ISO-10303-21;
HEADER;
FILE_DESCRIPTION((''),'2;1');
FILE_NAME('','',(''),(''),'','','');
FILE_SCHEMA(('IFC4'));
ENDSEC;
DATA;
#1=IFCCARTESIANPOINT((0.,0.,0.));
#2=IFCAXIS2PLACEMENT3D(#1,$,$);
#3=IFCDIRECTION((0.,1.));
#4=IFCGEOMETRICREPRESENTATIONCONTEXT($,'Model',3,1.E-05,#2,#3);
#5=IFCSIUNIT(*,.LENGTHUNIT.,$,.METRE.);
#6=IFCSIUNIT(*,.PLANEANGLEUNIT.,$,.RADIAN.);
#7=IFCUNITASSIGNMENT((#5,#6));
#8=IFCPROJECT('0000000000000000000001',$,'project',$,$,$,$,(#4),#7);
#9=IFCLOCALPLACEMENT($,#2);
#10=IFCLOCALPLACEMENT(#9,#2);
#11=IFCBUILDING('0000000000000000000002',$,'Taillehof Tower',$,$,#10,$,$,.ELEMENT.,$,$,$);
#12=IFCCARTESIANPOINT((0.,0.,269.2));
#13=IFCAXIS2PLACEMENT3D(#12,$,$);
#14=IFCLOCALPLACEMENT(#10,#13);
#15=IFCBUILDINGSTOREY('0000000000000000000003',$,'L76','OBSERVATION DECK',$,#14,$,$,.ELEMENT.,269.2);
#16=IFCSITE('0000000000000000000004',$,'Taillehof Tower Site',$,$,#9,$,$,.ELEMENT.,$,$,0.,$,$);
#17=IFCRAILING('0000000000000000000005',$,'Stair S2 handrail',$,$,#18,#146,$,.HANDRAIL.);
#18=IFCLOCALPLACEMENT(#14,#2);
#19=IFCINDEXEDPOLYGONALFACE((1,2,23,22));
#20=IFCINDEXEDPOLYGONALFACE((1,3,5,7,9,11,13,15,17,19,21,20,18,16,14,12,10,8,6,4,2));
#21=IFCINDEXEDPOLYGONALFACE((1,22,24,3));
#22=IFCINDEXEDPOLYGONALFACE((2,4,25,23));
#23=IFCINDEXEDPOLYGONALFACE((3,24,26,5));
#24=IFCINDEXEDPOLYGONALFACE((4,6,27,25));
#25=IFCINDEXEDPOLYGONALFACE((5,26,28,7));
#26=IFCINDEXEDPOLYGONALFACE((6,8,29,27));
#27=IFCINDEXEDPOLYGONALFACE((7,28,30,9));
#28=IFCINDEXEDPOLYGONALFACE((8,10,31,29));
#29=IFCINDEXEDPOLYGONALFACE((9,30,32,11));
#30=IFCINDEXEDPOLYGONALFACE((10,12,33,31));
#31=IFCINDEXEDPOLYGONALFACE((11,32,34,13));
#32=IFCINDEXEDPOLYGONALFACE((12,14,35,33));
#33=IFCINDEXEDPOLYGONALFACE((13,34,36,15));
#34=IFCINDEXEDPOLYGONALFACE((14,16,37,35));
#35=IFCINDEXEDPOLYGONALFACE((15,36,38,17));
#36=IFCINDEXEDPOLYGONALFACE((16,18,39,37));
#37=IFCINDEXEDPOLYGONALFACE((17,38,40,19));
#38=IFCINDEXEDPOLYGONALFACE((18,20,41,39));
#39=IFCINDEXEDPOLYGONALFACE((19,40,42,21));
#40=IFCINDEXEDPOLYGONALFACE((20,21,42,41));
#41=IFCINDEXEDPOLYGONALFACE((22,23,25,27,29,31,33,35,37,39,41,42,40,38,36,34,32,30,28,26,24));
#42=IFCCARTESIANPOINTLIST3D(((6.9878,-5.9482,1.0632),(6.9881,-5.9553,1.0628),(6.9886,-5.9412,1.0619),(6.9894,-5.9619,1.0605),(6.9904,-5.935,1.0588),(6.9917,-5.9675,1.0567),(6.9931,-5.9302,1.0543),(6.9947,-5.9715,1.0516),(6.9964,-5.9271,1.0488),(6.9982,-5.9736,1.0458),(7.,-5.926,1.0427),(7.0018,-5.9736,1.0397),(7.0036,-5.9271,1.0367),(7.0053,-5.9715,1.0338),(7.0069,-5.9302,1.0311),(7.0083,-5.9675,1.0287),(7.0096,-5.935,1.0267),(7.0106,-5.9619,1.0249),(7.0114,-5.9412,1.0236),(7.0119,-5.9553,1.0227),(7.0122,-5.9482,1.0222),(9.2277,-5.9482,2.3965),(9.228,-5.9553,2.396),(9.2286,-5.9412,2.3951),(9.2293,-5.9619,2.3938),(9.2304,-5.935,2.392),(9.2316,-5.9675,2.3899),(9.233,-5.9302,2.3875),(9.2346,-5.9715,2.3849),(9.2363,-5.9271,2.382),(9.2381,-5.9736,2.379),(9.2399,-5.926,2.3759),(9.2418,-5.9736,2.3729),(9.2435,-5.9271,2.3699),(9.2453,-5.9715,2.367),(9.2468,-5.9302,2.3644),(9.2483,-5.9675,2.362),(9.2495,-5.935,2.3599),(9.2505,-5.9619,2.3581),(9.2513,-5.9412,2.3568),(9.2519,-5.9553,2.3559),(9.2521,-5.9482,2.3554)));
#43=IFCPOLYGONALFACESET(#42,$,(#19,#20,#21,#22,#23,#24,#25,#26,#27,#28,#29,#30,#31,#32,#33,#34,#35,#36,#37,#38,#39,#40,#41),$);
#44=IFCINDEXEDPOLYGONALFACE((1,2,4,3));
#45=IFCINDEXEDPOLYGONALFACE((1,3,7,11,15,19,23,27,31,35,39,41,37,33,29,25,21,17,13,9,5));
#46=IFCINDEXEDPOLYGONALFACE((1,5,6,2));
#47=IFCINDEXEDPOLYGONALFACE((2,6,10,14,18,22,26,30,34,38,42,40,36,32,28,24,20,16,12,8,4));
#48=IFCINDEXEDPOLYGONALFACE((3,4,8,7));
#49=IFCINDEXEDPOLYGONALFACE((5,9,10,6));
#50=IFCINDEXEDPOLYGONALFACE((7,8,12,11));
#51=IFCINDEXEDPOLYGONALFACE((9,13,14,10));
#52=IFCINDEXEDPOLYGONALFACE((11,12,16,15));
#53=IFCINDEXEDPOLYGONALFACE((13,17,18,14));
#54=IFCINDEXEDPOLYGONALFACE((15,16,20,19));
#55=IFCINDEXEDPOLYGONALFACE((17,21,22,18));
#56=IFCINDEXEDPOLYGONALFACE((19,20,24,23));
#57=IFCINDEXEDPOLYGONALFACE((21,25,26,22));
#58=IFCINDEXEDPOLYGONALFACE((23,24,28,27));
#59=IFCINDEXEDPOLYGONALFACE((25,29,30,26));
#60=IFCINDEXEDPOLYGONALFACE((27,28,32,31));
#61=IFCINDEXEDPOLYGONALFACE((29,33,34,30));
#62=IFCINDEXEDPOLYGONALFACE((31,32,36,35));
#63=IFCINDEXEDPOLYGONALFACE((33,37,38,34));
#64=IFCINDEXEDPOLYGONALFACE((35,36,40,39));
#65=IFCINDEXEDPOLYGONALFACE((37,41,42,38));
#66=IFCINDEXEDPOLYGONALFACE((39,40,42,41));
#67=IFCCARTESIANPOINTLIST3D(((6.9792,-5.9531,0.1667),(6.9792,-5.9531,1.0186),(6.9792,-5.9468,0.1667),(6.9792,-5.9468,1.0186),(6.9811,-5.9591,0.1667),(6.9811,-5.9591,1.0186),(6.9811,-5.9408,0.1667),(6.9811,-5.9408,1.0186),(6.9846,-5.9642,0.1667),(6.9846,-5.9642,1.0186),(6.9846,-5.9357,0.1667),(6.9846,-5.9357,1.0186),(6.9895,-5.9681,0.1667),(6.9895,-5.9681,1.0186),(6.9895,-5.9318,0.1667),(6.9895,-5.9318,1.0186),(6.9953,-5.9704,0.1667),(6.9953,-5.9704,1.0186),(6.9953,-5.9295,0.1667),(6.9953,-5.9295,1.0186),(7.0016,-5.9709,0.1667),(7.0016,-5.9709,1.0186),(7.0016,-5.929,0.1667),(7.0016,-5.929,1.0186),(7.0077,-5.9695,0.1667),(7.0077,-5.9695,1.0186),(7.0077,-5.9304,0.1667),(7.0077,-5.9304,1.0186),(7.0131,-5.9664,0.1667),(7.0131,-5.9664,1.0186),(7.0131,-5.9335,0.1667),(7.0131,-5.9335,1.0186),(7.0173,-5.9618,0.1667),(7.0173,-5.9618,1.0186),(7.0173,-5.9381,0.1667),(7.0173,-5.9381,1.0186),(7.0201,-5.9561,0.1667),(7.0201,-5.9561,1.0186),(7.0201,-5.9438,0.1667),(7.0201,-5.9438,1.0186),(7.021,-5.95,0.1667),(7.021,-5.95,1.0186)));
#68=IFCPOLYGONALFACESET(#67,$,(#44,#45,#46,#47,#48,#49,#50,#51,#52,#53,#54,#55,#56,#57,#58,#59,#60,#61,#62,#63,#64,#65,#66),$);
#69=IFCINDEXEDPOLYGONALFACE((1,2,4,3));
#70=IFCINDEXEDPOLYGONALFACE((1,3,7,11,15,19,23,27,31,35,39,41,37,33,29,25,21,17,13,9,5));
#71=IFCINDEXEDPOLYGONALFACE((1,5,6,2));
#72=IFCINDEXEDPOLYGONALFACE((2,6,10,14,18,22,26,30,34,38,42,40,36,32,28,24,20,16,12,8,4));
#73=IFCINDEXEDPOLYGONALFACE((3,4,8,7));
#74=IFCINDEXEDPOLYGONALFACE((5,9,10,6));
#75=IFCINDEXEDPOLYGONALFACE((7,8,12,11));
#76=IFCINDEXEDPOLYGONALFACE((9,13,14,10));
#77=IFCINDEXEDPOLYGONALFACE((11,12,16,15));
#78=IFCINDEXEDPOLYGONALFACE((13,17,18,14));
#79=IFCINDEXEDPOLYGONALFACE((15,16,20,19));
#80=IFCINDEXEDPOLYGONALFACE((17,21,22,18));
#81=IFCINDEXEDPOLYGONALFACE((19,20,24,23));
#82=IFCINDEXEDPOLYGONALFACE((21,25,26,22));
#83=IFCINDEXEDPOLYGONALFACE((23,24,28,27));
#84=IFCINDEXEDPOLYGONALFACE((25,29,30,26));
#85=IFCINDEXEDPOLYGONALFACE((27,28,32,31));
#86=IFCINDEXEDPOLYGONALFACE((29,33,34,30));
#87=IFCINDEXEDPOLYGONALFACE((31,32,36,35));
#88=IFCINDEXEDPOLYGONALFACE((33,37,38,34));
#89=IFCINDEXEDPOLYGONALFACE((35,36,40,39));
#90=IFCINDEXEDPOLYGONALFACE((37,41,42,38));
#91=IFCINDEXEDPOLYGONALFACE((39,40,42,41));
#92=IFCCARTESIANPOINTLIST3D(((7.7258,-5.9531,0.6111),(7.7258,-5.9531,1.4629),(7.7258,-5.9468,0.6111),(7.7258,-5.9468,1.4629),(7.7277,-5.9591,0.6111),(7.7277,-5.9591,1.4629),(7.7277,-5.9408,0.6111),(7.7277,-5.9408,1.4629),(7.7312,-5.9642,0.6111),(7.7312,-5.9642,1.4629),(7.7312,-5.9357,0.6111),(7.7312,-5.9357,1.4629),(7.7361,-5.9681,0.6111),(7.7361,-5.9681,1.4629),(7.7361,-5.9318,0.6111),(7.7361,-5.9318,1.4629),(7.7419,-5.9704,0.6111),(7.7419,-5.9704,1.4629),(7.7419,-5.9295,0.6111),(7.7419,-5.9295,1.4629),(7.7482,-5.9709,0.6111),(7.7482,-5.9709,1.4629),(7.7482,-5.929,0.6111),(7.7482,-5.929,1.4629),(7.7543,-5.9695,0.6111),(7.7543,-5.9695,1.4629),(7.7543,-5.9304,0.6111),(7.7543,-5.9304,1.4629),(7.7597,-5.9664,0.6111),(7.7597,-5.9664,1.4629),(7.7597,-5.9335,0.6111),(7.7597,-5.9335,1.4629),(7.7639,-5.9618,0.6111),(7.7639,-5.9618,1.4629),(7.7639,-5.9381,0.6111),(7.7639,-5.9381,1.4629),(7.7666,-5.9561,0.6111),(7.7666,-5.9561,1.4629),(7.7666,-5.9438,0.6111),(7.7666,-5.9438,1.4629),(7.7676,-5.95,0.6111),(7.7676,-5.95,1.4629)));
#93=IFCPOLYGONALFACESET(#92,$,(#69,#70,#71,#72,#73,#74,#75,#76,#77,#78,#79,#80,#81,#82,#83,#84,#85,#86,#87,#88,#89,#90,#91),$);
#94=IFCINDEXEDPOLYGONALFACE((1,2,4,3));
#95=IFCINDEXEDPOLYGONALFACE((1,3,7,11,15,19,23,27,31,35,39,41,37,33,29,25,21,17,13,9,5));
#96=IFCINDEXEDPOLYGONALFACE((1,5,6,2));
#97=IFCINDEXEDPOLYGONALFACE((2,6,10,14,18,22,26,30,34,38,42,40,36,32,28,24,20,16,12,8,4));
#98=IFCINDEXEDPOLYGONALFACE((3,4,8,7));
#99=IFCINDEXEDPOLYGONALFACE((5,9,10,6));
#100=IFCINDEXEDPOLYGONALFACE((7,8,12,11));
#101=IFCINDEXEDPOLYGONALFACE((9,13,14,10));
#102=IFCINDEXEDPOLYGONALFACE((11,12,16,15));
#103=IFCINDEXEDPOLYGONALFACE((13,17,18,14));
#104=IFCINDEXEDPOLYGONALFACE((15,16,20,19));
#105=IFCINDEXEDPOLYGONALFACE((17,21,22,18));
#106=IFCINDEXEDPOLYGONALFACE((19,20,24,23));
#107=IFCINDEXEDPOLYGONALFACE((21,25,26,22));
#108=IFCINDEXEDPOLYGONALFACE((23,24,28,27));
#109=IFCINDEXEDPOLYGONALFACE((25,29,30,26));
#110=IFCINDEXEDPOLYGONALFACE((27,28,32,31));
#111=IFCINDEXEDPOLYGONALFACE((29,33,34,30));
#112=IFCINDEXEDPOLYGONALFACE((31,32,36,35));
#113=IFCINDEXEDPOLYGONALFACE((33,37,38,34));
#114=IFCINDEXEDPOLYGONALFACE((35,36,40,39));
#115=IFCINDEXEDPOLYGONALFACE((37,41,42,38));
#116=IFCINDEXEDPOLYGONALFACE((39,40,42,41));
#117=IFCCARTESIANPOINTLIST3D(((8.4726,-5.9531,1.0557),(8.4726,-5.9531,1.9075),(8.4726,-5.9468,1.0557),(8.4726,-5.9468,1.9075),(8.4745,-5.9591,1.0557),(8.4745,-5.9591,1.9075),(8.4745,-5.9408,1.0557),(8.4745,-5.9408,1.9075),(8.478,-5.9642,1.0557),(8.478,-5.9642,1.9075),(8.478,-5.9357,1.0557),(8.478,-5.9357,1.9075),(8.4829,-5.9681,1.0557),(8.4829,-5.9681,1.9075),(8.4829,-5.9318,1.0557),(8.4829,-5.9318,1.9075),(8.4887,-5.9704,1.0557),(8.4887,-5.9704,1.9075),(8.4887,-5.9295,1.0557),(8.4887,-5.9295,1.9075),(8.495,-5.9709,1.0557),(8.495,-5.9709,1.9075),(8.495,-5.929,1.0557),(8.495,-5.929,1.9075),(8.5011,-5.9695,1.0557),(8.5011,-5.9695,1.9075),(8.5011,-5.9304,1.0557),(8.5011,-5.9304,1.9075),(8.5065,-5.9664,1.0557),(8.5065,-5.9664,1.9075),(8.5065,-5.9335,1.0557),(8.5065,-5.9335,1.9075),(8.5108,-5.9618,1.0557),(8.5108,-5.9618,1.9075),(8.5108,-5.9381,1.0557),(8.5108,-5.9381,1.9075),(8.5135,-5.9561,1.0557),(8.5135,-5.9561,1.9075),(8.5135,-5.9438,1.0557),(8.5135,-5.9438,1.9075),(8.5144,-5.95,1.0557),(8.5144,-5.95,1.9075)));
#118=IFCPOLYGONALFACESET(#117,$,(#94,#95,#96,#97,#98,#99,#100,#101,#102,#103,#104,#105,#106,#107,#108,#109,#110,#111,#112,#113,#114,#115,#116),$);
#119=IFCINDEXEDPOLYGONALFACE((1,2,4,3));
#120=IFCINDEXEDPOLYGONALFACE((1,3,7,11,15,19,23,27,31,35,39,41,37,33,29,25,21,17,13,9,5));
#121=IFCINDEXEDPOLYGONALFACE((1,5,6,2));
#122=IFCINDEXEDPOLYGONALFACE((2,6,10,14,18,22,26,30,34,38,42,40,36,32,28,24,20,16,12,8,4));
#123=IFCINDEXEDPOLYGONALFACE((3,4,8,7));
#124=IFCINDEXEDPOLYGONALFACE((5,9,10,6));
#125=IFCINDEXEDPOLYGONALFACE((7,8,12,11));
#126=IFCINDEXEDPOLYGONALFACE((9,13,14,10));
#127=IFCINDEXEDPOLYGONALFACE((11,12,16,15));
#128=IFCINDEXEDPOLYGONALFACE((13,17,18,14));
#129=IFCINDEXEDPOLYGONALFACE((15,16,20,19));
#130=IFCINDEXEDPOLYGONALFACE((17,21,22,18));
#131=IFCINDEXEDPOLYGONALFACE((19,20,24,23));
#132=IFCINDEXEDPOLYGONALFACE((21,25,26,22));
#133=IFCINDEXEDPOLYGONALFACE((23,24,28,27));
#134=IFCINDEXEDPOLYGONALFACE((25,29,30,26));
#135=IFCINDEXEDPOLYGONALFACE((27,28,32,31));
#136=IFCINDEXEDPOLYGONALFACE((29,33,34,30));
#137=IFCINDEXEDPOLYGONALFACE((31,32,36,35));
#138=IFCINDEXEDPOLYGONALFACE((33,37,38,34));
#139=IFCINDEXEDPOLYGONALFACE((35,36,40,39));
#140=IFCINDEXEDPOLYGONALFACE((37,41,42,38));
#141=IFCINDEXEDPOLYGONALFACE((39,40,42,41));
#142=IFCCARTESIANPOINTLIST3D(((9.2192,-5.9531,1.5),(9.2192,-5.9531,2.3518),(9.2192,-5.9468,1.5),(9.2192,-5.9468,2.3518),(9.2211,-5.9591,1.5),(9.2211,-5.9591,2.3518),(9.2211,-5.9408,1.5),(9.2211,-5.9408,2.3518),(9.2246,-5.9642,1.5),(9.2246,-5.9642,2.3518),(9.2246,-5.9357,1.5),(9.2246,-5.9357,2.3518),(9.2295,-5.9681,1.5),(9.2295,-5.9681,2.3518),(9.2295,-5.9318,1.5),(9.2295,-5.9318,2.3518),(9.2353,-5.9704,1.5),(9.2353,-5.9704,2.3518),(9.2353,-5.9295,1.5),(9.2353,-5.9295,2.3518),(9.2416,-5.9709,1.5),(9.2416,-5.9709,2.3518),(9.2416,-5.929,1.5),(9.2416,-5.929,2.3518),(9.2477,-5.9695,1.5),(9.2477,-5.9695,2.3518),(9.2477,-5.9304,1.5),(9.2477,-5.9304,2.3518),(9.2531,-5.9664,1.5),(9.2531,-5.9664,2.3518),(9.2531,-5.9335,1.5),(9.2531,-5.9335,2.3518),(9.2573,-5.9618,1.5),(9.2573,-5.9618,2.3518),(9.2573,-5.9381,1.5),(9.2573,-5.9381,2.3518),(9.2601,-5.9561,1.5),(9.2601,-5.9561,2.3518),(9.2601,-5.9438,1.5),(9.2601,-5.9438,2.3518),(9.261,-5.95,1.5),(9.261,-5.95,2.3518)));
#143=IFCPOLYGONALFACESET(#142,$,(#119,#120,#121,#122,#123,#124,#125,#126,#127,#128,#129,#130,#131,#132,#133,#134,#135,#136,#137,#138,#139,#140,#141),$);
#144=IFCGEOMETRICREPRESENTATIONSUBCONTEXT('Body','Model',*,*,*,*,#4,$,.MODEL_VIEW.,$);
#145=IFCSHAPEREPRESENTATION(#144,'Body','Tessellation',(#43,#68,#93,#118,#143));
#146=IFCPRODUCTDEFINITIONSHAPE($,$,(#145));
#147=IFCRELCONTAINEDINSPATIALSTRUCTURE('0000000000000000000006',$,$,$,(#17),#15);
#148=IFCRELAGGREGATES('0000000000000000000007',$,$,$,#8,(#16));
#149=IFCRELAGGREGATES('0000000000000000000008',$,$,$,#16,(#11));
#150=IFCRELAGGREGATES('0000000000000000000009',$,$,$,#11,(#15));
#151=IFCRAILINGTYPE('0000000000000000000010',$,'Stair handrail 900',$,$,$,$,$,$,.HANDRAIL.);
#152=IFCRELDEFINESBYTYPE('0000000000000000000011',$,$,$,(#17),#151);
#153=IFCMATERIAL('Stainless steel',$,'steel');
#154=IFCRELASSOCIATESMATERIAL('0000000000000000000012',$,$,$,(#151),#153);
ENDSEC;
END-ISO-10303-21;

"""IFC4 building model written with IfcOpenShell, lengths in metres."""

from ifc_helpers import new_model, si_unit, direction, frame, origin, origin_2d, place, context, subcontext, project, spatial, circle, extrude, material, type_object, element, save


model = new_model("IFC4")

# Units and contexts
model_context = context("Model", 3, precision=1e-05, world=origin(), true_north=direction((0.0, 1.0)))
body_context = subcontext(model_context, "Body", "Model", "MODEL_VIEW")
ifc_project = project(units=[si_unit("LENGTHUNIT", "METRE"), si_unit("PLANEANGLEUNIT", "RADIAN")], contexts=[model_context])

# Site, building, storey
site_placement = place(None, origin())
site = spatial("IfcSite", under=ifc_project, at=site_placement, Name="Taillehof Tower Site", CompositionType="ELEMENT", RefElevation=0.0)
building_placement = place(site_placement, origin())
building = spatial("IfcBuilding", under=site, at=building_placement, Name="Taillehof Tower", CompositionType="ELEMENT")
storey_placement = place(building_placement, frame((0.0, 0.0, 269.2)))
storey = spatial("IfcBuildingStorey", under=building, at=storey_placement, Name="L76", Description="OBSERVATION DECK", CompositionType="ELEMENT", Elevation=269.2)

# Railing
ifc_material_1 = material(Name="Stainless steel", Category="steel")
railing_type = type_object("IfcRailingType", Name="Stair handrail 900", PredefinedType="HANDRAIL", material=ifc_material_1)
railing_1_placement = place(storey_placement, frame((7.0, -5.95, 0.1667)))
element("IfcRailing", 1, at=railing_1_placement, inside=storey, type_object=railing_type, Name="Stair S2 handrail", PredefinedType="HANDRAIL", context=body_context, shape_type="SweptSolid", body=[
    extrude(circle(Radius=0.0239, at=origin_2d()), frame((0.0, 0.0, 0.876), z_axis=(0.859306, 0.0, 0.511462), x_axis=(0.0, 1.0, 0.0)), (0.0, 0.0, 1.0), 2.6067),
    extrude(circle(Radius=0.021, at=origin_2d()), origin(), (0.0, 0.0, 1.0), 0.8518),
    extrude(circle(Radius=0.021, at=origin_2d()), frame((0.7466, 0.0, 0.4443)), (0.0, 0.0, 1.0), 0.8518),
    extrude(circle(Radius=0.021, at=origin_2d()), frame((1.4934, 0.0, 0.8889)), (0.0, 0.0, 1.0), 0.8518),
    extrude(circle(Radius=0.021, at=origin_2d()), frame((2.24, 0.0, 1.3333)), (0.0, 0.0, 1.0), 0.8518),
])

save(model, "model.ifc")
